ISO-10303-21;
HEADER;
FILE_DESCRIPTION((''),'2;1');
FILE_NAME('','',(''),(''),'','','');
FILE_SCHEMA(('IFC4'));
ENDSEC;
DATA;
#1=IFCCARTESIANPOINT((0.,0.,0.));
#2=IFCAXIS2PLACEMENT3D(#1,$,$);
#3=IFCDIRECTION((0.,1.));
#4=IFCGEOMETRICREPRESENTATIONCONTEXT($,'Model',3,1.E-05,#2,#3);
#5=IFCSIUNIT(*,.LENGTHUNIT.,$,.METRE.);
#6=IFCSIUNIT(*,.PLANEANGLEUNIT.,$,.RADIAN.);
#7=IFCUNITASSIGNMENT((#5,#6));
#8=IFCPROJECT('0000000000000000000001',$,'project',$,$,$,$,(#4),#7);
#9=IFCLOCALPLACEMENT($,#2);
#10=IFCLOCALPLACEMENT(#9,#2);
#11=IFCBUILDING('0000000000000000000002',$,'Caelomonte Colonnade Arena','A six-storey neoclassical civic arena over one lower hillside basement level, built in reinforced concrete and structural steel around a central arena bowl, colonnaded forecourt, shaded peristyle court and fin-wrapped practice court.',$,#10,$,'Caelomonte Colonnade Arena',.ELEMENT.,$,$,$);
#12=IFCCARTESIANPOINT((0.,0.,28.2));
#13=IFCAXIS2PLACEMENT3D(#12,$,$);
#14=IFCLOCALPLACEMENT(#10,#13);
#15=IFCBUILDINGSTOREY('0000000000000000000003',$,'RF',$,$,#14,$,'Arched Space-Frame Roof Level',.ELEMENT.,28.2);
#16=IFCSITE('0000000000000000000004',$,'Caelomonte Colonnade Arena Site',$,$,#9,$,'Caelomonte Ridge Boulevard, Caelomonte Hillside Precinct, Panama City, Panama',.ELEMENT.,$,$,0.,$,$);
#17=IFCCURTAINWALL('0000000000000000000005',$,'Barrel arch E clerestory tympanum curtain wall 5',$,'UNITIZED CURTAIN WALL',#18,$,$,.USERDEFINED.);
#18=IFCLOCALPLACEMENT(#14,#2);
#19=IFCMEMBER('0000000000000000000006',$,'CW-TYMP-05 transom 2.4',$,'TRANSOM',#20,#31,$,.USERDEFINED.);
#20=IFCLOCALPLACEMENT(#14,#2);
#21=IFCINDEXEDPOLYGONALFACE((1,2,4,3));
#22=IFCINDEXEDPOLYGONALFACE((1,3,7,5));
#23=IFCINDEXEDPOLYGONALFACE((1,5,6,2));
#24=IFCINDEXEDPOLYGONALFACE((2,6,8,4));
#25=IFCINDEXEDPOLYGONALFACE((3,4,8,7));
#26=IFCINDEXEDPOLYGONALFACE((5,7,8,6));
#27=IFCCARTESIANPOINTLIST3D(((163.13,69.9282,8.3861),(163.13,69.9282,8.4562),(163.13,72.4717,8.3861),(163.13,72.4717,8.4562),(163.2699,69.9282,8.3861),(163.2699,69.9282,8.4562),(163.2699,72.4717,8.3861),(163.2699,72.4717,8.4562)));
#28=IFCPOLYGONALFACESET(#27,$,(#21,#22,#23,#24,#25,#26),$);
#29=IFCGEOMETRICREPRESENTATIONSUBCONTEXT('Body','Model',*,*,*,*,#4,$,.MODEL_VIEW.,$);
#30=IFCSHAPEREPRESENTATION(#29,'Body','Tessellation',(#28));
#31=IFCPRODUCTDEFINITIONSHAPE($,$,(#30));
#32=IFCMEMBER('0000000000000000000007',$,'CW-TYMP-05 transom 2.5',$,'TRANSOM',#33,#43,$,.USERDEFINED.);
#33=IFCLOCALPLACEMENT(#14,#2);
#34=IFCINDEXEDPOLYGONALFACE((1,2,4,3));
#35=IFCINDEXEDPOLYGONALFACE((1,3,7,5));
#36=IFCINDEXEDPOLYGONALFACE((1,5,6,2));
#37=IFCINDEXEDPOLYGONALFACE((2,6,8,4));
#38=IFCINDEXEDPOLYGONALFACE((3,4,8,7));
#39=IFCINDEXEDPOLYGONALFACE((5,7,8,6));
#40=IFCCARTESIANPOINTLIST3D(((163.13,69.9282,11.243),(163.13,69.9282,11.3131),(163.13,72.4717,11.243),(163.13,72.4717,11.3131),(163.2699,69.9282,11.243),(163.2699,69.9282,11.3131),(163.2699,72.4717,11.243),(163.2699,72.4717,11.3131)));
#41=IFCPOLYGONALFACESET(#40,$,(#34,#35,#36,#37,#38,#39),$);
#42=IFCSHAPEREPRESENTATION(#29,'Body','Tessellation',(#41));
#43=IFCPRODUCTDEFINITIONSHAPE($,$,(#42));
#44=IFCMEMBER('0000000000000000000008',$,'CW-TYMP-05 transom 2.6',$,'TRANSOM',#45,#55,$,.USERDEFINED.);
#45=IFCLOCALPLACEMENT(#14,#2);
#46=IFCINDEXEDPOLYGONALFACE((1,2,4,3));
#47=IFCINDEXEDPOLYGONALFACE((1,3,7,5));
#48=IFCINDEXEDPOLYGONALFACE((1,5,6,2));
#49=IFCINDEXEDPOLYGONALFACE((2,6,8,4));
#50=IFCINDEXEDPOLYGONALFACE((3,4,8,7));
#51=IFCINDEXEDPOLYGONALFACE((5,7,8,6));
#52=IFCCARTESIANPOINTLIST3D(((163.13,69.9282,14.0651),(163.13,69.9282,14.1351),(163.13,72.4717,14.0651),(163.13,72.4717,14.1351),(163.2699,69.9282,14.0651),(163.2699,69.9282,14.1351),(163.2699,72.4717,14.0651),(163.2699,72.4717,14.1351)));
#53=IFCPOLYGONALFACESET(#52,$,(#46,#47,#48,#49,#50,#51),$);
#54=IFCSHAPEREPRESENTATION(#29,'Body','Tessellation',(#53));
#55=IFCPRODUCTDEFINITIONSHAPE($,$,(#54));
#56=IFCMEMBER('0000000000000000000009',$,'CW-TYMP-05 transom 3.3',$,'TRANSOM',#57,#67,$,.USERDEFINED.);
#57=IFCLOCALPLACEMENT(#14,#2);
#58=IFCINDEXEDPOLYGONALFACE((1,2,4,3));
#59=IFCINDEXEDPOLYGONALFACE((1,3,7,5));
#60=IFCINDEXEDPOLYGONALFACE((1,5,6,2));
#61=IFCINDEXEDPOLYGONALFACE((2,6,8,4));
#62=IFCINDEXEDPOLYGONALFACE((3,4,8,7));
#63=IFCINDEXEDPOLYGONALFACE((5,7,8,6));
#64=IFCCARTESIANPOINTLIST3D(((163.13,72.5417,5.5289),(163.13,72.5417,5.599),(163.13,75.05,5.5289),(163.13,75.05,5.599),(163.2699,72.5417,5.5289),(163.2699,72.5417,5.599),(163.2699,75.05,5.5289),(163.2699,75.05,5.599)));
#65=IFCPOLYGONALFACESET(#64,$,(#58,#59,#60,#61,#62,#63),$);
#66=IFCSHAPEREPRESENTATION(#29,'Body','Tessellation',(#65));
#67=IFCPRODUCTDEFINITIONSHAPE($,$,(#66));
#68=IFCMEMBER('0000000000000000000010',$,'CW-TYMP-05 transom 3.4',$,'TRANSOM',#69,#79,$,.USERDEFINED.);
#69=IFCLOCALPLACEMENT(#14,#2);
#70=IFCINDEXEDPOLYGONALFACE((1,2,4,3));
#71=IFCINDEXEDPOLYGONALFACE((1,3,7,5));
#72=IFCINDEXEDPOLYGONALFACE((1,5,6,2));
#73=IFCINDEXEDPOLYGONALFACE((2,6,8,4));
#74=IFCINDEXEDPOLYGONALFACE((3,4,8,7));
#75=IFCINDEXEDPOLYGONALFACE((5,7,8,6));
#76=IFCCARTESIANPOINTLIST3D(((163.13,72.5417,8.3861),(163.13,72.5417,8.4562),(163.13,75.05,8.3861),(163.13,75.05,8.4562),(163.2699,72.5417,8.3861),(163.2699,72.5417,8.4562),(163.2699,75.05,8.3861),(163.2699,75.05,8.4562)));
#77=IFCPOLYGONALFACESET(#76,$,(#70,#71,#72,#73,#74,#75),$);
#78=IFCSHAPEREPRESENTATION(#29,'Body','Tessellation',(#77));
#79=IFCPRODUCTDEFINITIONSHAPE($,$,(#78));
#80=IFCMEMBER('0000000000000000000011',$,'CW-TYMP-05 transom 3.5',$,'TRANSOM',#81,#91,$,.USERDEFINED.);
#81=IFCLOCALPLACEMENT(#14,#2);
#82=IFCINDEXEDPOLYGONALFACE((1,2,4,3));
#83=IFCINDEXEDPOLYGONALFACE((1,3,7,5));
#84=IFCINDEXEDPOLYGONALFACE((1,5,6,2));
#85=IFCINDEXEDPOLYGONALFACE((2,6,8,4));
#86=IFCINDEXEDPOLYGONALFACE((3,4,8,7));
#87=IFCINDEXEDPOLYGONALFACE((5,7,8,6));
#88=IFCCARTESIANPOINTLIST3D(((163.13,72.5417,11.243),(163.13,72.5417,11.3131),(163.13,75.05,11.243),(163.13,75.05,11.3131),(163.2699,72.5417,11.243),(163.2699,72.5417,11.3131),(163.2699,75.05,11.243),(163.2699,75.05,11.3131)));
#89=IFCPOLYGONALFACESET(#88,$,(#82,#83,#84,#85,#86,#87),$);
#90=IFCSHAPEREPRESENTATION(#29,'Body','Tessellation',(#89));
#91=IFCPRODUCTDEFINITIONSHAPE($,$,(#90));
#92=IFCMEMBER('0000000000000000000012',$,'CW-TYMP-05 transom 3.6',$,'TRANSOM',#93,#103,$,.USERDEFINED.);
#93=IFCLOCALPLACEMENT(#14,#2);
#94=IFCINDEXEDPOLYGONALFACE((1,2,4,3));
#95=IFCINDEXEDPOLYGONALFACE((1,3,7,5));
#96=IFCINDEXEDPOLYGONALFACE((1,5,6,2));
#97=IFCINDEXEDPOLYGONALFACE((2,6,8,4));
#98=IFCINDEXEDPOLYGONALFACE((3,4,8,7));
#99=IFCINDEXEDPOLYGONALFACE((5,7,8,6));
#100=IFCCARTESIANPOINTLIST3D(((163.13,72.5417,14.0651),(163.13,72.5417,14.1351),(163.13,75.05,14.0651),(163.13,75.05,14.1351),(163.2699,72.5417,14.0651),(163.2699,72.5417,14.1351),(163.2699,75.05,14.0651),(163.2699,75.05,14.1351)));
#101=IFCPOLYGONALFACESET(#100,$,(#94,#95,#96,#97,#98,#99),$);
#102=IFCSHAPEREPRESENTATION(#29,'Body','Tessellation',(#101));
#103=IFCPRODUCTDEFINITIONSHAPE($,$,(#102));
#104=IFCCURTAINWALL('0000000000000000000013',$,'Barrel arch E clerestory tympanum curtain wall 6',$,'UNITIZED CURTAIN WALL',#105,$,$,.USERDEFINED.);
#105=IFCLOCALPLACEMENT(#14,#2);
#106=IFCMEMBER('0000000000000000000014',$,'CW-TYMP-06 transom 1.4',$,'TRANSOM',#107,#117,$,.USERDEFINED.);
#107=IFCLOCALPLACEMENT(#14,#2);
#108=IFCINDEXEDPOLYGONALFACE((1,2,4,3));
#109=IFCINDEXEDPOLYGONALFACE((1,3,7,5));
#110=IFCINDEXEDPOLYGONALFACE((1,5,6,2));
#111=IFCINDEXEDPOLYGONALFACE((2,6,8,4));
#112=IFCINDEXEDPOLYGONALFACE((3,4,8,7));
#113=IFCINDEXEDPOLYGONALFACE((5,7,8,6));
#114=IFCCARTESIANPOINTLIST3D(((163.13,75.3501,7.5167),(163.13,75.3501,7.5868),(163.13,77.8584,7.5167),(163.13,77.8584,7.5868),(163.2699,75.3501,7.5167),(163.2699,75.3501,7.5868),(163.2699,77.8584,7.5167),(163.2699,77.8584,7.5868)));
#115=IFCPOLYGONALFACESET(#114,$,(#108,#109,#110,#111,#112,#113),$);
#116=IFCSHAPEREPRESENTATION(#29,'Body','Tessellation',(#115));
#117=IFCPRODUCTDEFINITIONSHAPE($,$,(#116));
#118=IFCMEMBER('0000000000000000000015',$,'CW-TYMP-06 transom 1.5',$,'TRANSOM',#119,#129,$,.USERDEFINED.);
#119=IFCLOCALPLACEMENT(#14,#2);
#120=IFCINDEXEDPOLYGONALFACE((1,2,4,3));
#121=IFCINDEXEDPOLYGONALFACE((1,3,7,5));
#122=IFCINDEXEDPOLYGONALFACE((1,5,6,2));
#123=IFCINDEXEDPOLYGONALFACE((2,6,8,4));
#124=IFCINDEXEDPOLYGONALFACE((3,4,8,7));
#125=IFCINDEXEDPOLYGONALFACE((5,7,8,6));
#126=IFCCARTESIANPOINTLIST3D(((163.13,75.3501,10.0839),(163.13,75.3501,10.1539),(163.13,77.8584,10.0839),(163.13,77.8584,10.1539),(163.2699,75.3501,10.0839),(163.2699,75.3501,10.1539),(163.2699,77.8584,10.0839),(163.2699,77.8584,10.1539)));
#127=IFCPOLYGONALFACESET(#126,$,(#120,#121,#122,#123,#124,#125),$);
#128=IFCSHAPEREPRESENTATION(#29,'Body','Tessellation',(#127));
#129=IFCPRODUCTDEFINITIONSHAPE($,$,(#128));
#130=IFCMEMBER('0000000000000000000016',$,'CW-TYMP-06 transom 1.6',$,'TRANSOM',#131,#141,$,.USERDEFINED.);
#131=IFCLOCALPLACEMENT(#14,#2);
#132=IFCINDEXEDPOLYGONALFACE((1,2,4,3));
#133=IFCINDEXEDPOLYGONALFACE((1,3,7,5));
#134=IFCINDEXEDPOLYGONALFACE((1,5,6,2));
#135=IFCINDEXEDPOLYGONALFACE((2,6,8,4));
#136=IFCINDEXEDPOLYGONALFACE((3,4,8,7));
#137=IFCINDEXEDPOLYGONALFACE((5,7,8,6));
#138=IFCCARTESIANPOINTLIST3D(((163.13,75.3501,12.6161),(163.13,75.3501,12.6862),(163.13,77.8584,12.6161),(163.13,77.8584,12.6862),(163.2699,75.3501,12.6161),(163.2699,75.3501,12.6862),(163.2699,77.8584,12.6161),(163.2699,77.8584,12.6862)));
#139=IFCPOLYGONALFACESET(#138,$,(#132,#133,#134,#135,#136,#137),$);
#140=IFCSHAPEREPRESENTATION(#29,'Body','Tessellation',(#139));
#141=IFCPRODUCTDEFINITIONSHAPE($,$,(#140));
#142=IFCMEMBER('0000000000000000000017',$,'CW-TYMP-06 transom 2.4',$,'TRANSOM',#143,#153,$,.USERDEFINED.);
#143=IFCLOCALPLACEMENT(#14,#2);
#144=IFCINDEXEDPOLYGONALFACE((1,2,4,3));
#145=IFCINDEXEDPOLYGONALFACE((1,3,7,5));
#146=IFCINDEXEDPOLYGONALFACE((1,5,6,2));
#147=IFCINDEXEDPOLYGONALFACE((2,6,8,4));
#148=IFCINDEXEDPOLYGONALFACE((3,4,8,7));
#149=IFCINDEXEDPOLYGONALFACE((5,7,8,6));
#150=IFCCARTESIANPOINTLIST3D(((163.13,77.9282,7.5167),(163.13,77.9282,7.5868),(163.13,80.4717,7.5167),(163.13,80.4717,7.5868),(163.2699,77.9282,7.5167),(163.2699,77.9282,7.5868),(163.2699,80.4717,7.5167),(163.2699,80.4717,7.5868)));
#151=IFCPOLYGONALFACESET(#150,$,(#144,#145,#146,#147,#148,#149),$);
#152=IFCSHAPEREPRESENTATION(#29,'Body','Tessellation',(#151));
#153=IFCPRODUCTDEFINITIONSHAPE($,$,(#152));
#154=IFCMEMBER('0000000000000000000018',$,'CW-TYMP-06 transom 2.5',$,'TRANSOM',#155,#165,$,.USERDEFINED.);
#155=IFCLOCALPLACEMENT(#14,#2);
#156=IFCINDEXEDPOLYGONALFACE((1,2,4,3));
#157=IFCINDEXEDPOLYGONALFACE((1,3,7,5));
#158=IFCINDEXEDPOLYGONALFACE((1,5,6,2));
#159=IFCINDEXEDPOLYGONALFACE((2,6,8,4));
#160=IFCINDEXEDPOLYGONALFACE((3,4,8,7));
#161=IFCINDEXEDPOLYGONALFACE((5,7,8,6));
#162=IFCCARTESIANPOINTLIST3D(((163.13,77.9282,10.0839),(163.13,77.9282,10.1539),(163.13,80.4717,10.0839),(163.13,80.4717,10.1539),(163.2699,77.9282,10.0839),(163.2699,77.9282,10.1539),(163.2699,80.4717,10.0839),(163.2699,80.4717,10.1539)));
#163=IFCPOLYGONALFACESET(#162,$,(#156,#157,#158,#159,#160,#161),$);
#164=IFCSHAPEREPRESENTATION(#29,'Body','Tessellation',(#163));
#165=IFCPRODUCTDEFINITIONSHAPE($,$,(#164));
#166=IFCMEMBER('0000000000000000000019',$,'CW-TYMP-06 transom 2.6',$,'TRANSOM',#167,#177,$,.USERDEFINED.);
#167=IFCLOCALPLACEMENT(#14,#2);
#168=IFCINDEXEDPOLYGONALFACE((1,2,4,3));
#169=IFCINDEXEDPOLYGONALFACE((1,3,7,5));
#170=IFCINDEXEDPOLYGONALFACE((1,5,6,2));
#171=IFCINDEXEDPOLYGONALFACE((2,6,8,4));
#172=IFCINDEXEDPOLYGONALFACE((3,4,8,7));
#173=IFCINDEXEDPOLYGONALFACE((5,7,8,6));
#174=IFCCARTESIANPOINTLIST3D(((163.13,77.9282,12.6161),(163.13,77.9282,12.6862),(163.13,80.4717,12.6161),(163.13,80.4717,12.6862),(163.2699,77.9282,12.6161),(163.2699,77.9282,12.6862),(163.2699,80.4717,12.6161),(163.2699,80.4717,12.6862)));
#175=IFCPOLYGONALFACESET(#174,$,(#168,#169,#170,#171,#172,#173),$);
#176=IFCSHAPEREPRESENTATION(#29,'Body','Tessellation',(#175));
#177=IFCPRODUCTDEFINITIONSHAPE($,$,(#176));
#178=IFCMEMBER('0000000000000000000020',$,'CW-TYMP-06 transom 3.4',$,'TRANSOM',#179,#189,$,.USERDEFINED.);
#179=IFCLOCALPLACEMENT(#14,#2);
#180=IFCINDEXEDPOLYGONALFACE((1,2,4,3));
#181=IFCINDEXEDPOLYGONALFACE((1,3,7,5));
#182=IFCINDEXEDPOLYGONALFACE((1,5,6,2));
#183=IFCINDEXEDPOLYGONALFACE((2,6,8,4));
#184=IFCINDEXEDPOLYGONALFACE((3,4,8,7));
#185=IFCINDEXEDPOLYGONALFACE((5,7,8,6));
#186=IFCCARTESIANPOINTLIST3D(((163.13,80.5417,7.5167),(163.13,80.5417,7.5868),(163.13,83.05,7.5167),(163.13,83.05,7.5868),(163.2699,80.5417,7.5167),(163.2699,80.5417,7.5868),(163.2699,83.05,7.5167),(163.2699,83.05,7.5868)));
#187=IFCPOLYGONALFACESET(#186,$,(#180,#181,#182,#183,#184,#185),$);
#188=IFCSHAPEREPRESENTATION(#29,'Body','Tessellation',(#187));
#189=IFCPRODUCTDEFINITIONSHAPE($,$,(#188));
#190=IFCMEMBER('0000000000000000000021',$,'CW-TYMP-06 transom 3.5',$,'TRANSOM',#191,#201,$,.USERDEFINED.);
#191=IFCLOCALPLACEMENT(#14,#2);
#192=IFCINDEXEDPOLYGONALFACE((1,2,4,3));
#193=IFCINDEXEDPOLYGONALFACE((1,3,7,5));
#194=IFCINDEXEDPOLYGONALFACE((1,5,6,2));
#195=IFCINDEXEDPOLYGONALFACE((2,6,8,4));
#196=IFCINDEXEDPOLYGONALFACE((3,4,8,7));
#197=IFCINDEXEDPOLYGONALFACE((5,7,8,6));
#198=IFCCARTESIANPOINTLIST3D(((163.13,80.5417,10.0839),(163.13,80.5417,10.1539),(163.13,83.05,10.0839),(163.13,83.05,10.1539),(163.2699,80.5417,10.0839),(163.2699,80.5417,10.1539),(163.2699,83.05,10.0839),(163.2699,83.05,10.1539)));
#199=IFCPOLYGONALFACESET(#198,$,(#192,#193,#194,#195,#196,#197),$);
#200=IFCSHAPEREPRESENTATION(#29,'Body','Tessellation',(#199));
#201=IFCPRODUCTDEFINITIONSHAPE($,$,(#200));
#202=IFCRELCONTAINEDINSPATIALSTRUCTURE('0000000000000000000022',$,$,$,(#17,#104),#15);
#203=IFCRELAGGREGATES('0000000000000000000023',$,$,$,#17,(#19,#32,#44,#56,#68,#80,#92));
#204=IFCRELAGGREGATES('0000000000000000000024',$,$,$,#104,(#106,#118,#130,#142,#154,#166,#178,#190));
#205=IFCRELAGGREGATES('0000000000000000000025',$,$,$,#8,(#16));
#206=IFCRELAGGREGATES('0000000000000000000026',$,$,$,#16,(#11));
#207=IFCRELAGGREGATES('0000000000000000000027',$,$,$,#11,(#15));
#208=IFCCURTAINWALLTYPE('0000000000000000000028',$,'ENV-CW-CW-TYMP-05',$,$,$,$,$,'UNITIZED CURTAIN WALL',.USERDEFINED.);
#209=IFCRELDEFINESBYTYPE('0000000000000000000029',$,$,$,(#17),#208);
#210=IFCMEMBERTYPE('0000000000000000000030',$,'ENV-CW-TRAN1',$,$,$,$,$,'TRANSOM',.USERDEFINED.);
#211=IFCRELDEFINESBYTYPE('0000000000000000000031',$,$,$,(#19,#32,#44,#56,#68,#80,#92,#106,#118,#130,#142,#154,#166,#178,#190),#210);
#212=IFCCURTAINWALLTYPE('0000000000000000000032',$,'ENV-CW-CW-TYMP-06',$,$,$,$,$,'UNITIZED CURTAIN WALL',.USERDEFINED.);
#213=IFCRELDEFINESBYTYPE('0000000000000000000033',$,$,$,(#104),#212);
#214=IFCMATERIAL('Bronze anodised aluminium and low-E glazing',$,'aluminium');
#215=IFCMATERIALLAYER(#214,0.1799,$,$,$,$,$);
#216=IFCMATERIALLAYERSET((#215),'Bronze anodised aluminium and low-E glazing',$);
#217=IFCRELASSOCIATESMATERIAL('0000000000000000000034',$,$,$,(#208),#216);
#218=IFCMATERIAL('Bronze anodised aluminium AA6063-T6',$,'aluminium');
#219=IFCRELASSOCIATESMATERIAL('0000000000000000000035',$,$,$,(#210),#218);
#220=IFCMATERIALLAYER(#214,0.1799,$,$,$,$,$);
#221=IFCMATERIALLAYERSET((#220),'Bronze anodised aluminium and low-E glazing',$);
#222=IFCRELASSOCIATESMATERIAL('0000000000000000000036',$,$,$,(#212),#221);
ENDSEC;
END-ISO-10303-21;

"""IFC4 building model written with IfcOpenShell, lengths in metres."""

from ifc_helpers import new_model, si_unit, direction, frame, origin, origin_2d, place, context, subcontext, project, spatial, rectangle, extrude, material, layer, layer_set, material_profile, profile_set, type_object, element, aggregate, save


model = new_model("IFC4")

# Units and contexts
model_context = context("Model", 3, precision=1e-05, world=origin(), true_north=direction((0.0, 1.0)))
body_context = subcontext(model_context, "Body", "Model", "MODEL_VIEW")
ifc_project = project(units=[si_unit("LENGTHUNIT", "METRE"), si_unit("PLANEANGLEUNIT", "RADIAN")], contexts=[model_context])

# Site, building, storey
site_placement = place(None, origin())
site = spatial("IfcSite", under=ifc_project, at=site_placement, Name="Caelomonte Colonnade Arena Site", LongName="Caelomonte Ridge Boulevard, Caelomonte Hillside Precinct, Panama City, Panama", CompositionType="ELEMENT", RefElevation=0.0)
building_placement = place(site_placement, origin())
building = spatial("IfcBuilding", under=site, at=building_placement, Name="Caelomonte Colonnade Arena", Description="A six-storey neoclassical civic arena over one lower hillside basement level, built in reinforced concrete and structural steel around a central arena bowl, colonnaded forecourt, shaded peristyle court and fin-wrapped practice court.", LongName="Caelomonte Colonnade Arena", CompositionType="ELEMENT")
storey_placement = place(building_placement, frame((0.0, 0.0, 28.2)))
storey = spatial("IfcBuildingStorey", under=building, at=storey_placement, Name="RF", LongName="Arched Space-Frame Roof Level", CompositionType="ELEMENT", Elevation=28.2)

# Curtain walls, members
ifc_material_1 = material(Name="Bronze anodised aluminium and low-E glazing", Category="aluminium")
ifc_layer_1 = layer(ifc_material_1, 0.1799)
ifc_layer_set_1 = layer_set([ifc_layer_1], Name="Bronze anodised aluminium and low-E glazing")
curtain_wall_type_1 = type_object("IfcCurtainWallType", Name="ENV-CW-CW-TYMP-05", ElementType="UNITIZED CURTAIN WALL", PredefinedType="USERDEFINED", material=ifc_layer_set_1)
curtain_wall_1_placement = place(storey_placement, origin())
curtain_wall_1 = element("IfcCurtainWall", 1, at=curtain_wall_1_placement, inside=storey, type_object=curtain_wall_type_1, Name="Barrel arch E clerestory tympanum curtain wall 5", ObjectType="UNITIZED CURTAIN WALL", PredefinedType="USERDEFINED")
ifc_material_2 = material(Name="Bronze anodised aluminium AA6063-T6", Category="aluminium")
ifc_material_profile_1 = material_profile(ifc_material_2, rectangle(XDim=0.0701, YDim=0.1399, at=origin_2d()), Name="CWT-70X140")
ifc_profile_set_1 = profile_set([ifc_material_profile_1], Name="Bronze anodised aluminium AA6063-T6")
member_type_1 = type_object("IfcMemberType", Name="ENV-CW-TRAN1", ElementType="TRANSOM", PredefinedType="USERDEFINED", material=ifc_profile_set_1)
member_1_placement = place(storey_placement, frame((163.2, 69.9282, 8.4211), z_axis=(0.0, 1.0, 0.0), x_axis=(0.0, 0.0, 1.0)))
member_1 = element("IfcMember", 2, at=member_1_placement, type_object=member_type_1, Name="CW-TYMP-05 transom 2.4", ObjectType="TRANSOM", PredefinedType="USERDEFINED", context=body_context, shape_type="SweptSolid", body=[
    extrude(rectangle(XDim=0.0701, YDim=0.1399, at=origin_2d()), origin(), (0.0, 0.0, 1.0), 2.5435),
])
member_2_placement = place(storey_placement, frame((163.2, 69.9282, 11.2781), z_axis=(0.0, 1.0, 0.0), x_axis=(0.0, 0.0, 1.0)))
member_2 = element("IfcMember", 3, at=member_2_placement, type_object=member_type_1, Name="CW-TYMP-05 transom 2.5", ObjectType="TRANSOM", PredefinedType="USERDEFINED", context=body_context, shape_type="SweptSolid", body=[
    extrude(rectangle(XDim=0.0701, YDim=0.1399, at=origin_2d()), origin(), (0.0, 0.0, 1.0), 2.5435),
])
member_3_placement = place(storey_placement, frame((163.2, 69.9282, 14.1001), z_axis=(0.0, 1.0, 0.0), x_axis=(0.0, 0.0, 1.0)))
member_3 = element("IfcMember", 4, at=member_3_placement, type_object=member_type_1, Name="CW-TYMP-05 transom 2.6", ObjectType="TRANSOM", PredefinedType="USERDEFINED", context=body_context, shape_type="SweptSolid", body=[
    extrude(rectangle(XDim=0.0701, YDim=0.1399, at=origin_2d()), origin(), (0.0, 0.0, 1.0), 2.5435),
])
member_4_placement = place(storey_placement, frame((163.2, 72.5417, 5.564), z_axis=(0.0, 1.0, 0.0), x_axis=(0.0, 0.0, 1.0)))
member_4 = element("IfcMember", 5, at=member_4_placement, type_object=member_type_1, Name="CW-TYMP-05 transom 3.3", ObjectType="TRANSOM", PredefinedType="USERDEFINED", context=body_context, shape_type="SweptSolid", body=[
    extrude(rectangle(XDim=0.0701, YDim=0.1399, at=origin_2d()), origin(), (0.0, 0.0, 1.0), 2.5083),
])
member_5_placement = place(storey_placement, frame((163.2, 72.5417, 8.4211), z_axis=(0.0, 1.0, 0.0), x_axis=(0.0, 0.0, 1.0)))
member_5 = element("IfcMember", 6, at=member_5_placement, type_object=member_type_1, Name="CW-TYMP-05 transom 3.4", ObjectType="TRANSOM", PredefinedType="USERDEFINED", context=body_context, shape_type="SweptSolid", body=[
    extrude(rectangle(XDim=0.0701, YDim=0.1399, at=origin_2d()), origin(), (0.0, 0.0, 1.0), 2.5083),
])
member_6_placement = place(storey_placement, frame((163.2, 72.5417, 11.2781), z_axis=(0.0, 1.0, 0.0), x_axis=(0.0, 0.0, 1.0)))
member_6 = element("IfcMember", 7, at=member_6_placement, type_object=member_type_1, Name="CW-TYMP-05 transom 3.5", ObjectType="TRANSOM", PredefinedType="USERDEFINED", context=body_context, shape_type="SweptSolid", body=[
    extrude(rectangle(XDim=0.0701, YDim=0.1399, at=origin_2d()), origin(), (0.0, 0.0, 1.0), 2.5083),
])
member_7_placement = place(storey_placement, frame((163.2, 72.5417, 14.1001), z_axis=(0.0, 1.0, 0.0), x_axis=(0.0, 0.0, 1.0)))
member_7 = element("IfcMember", 8, at=member_7_placement, type_object=member_type_1, Name="CW-TYMP-05 transom 3.6", ObjectType="TRANSOM", PredefinedType="USERDEFINED", context=body_context, shape_type="SweptSolid", body=[
    extrude(rectangle(XDim=0.0701, YDim=0.1399, at=origin_2d()), origin(), (0.0, 0.0, 1.0), 2.5083),
])
ifc_layer_2 = layer(ifc_material_1, 0.1799)
ifc_layer_set_2 = layer_set([ifc_layer_2], Name="Bronze anodised aluminium and low-E glazing")
curtain_wall_type_2 = type_object("IfcCurtainWallType", Name="ENV-CW-CW-TYMP-06", ElementType="UNITIZED CURTAIN WALL", PredefinedType="USERDEFINED", material=ifc_layer_set_2)
curtain_wall_2_placement = place(storey_placement, origin())
curtain_wall_2 = element("IfcCurtainWall", 9, at=curtain_wall_2_placement, inside=storey, type_object=curtain_wall_type_2, Name="Barrel arch E clerestory tympanum curtain wall 6", ObjectType="UNITIZED CURTAIN WALL", PredefinedType="USERDEFINED")
member_8_placement = place(storey_placement, frame((163.2, 75.3501, 7.5518), z_axis=(0.0, 1.0, 0.0), x_axis=(0.0, 0.0, 1.0)))
member_8 = element("IfcMember", 10, at=member_8_placement, type_object=member_type_1, Name="CW-TYMP-06 transom 1.4", ObjectType="TRANSOM", PredefinedType="USERDEFINED", context=body_context, shape_type="SweptSolid", body=[
    extrude(rectangle(XDim=0.0701, YDim=0.1399, at=origin_2d()), origin(), (0.0, 0.0, 1.0), 2.5083),
])
member_9_placement = place(storey_placement, frame((163.2, 75.3501, 10.1189), z_axis=(0.0, 1.0, 0.0), x_axis=(0.0, 0.0, 1.0)))
member_9 = element("IfcMember", 11, at=member_9_placement, type_object=member_type_1, Name="CW-TYMP-06 transom 1.5", ObjectType="TRANSOM", PredefinedType="USERDEFINED", context=body_context, shape_type="SweptSolid", body=[
    extrude(rectangle(XDim=0.0701, YDim=0.1399, at=origin_2d()), origin(), (0.0, 0.0, 1.0), 2.5083),
])
member_10_placement = place(storey_placement, frame((163.2, 75.3501, 12.6511), z_axis=(0.0, 1.0, 0.0), x_axis=(0.0, 0.0, 1.0)))
member_10 = element("IfcMember", 12, at=member_10_placement, type_object=member_type_1, Name="CW-TYMP-06 transom 1.6", ObjectType="TRANSOM", PredefinedType="USERDEFINED", context=body_context, shape_type="SweptSolid", body=[
    extrude(rectangle(XDim=0.0701, YDim=0.1399, at=origin_2d()), origin(), (0.0, 0.0, 1.0), 2.5083),
])
member_11_placement = place(storey_placement, frame((163.2, 77.9282, 7.5518), z_axis=(0.0, 1.0, 0.0), x_axis=(0.0, 0.0, 1.0)))
member_11 = element("IfcMember", 13, at=member_11_placement, type_object=member_type_1, Name="CW-TYMP-06 transom 2.4", ObjectType="TRANSOM", PredefinedType="USERDEFINED", context=body_context, shape_type="SweptSolid", body=[
    extrude(rectangle(XDim=0.0701, YDim=0.1399, at=origin_2d()), origin(), (0.0, 0.0, 1.0), 2.5435),
])
member_12_placement = place(storey_placement, frame((163.2, 77.9282, 10.1189), z_axis=(0.0, 1.0, 0.0), x_axis=(0.0, 0.0, 1.0)))
member_12 = element("IfcMember", 14, at=member_12_placement, type_object=member_type_1, Name="CW-TYMP-06 transom 2.5", ObjectType="TRANSOM", PredefinedType="USERDEFINED", context=body_context, shape_type="SweptSolid", body=[
    extrude(rectangle(XDim=0.0701, YDim=0.1399, at=origin_2d()), origin(), (0.0, 0.0, 1.0), 2.5435),
])
member_13_placement = place(storey_placement, frame((163.2, 77.9282, 12.6511), z_axis=(0.0, 1.0, 0.0), x_axis=(0.0, 0.0, 1.0)))
member_13 = element("IfcMember", 15, at=member_13_placement, type_object=member_type_1, Name="CW-TYMP-06 transom 2.6", ObjectType="TRANSOM", PredefinedType="USERDEFINED", context=body_context, shape_type="SweptSolid", body=[
    extrude(rectangle(XDim=0.0701, YDim=0.1399, at=origin_2d()), origin(), (0.0, 0.0, 1.0), 2.5435),
])
member_14_placement = place(storey_placement, frame((163.2, 80.5417, 7.5518), z_axis=(0.0, 1.0, 0.0), x_axis=(0.0, 0.0, 1.0)))
member_14 = element("IfcMember", 16, at=member_14_placement, type_object=member_type_1, Name="CW-TYMP-06 transom 3.4", ObjectType="TRANSOM", PredefinedType="USERDEFINED", context=body_context, shape_type="SweptSolid", body=[
    extrude(rectangle(XDim=0.0701, YDim=0.1399, at=origin_2d()), origin(), (0.0, 0.0, 1.0), 2.5083),
])
member_15_placement = place(storey_placement, frame((163.2, 80.5417, 10.1189), z_axis=(0.0, 1.0, 0.0), x_axis=(0.0, 0.0, 1.0)))
member_15 = element("IfcMember", 17, at=member_15_placement, type_object=member_type_1, Name="CW-TYMP-06 transom 3.5", ObjectType="TRANSOM", PredefinedType="USERDEFINED", context=body_context, shape_type="SweptSolid", body=[
    extrude(rectangle(XDim=0.0701, YDim=0.1399, at=origin_2d()), origin(), (0.0, 0.0, 1.0), 2.5083),
])

aggregate(curtain_wall_1, [member_1, member_2, member_3, member_4, member_5, member_6, member_7])
aggregate(curtain_wall_2, [member_8, member_9, member_10, member_11, member_12, member_13, member_14, member_15])

save(model, "model.ifc")
